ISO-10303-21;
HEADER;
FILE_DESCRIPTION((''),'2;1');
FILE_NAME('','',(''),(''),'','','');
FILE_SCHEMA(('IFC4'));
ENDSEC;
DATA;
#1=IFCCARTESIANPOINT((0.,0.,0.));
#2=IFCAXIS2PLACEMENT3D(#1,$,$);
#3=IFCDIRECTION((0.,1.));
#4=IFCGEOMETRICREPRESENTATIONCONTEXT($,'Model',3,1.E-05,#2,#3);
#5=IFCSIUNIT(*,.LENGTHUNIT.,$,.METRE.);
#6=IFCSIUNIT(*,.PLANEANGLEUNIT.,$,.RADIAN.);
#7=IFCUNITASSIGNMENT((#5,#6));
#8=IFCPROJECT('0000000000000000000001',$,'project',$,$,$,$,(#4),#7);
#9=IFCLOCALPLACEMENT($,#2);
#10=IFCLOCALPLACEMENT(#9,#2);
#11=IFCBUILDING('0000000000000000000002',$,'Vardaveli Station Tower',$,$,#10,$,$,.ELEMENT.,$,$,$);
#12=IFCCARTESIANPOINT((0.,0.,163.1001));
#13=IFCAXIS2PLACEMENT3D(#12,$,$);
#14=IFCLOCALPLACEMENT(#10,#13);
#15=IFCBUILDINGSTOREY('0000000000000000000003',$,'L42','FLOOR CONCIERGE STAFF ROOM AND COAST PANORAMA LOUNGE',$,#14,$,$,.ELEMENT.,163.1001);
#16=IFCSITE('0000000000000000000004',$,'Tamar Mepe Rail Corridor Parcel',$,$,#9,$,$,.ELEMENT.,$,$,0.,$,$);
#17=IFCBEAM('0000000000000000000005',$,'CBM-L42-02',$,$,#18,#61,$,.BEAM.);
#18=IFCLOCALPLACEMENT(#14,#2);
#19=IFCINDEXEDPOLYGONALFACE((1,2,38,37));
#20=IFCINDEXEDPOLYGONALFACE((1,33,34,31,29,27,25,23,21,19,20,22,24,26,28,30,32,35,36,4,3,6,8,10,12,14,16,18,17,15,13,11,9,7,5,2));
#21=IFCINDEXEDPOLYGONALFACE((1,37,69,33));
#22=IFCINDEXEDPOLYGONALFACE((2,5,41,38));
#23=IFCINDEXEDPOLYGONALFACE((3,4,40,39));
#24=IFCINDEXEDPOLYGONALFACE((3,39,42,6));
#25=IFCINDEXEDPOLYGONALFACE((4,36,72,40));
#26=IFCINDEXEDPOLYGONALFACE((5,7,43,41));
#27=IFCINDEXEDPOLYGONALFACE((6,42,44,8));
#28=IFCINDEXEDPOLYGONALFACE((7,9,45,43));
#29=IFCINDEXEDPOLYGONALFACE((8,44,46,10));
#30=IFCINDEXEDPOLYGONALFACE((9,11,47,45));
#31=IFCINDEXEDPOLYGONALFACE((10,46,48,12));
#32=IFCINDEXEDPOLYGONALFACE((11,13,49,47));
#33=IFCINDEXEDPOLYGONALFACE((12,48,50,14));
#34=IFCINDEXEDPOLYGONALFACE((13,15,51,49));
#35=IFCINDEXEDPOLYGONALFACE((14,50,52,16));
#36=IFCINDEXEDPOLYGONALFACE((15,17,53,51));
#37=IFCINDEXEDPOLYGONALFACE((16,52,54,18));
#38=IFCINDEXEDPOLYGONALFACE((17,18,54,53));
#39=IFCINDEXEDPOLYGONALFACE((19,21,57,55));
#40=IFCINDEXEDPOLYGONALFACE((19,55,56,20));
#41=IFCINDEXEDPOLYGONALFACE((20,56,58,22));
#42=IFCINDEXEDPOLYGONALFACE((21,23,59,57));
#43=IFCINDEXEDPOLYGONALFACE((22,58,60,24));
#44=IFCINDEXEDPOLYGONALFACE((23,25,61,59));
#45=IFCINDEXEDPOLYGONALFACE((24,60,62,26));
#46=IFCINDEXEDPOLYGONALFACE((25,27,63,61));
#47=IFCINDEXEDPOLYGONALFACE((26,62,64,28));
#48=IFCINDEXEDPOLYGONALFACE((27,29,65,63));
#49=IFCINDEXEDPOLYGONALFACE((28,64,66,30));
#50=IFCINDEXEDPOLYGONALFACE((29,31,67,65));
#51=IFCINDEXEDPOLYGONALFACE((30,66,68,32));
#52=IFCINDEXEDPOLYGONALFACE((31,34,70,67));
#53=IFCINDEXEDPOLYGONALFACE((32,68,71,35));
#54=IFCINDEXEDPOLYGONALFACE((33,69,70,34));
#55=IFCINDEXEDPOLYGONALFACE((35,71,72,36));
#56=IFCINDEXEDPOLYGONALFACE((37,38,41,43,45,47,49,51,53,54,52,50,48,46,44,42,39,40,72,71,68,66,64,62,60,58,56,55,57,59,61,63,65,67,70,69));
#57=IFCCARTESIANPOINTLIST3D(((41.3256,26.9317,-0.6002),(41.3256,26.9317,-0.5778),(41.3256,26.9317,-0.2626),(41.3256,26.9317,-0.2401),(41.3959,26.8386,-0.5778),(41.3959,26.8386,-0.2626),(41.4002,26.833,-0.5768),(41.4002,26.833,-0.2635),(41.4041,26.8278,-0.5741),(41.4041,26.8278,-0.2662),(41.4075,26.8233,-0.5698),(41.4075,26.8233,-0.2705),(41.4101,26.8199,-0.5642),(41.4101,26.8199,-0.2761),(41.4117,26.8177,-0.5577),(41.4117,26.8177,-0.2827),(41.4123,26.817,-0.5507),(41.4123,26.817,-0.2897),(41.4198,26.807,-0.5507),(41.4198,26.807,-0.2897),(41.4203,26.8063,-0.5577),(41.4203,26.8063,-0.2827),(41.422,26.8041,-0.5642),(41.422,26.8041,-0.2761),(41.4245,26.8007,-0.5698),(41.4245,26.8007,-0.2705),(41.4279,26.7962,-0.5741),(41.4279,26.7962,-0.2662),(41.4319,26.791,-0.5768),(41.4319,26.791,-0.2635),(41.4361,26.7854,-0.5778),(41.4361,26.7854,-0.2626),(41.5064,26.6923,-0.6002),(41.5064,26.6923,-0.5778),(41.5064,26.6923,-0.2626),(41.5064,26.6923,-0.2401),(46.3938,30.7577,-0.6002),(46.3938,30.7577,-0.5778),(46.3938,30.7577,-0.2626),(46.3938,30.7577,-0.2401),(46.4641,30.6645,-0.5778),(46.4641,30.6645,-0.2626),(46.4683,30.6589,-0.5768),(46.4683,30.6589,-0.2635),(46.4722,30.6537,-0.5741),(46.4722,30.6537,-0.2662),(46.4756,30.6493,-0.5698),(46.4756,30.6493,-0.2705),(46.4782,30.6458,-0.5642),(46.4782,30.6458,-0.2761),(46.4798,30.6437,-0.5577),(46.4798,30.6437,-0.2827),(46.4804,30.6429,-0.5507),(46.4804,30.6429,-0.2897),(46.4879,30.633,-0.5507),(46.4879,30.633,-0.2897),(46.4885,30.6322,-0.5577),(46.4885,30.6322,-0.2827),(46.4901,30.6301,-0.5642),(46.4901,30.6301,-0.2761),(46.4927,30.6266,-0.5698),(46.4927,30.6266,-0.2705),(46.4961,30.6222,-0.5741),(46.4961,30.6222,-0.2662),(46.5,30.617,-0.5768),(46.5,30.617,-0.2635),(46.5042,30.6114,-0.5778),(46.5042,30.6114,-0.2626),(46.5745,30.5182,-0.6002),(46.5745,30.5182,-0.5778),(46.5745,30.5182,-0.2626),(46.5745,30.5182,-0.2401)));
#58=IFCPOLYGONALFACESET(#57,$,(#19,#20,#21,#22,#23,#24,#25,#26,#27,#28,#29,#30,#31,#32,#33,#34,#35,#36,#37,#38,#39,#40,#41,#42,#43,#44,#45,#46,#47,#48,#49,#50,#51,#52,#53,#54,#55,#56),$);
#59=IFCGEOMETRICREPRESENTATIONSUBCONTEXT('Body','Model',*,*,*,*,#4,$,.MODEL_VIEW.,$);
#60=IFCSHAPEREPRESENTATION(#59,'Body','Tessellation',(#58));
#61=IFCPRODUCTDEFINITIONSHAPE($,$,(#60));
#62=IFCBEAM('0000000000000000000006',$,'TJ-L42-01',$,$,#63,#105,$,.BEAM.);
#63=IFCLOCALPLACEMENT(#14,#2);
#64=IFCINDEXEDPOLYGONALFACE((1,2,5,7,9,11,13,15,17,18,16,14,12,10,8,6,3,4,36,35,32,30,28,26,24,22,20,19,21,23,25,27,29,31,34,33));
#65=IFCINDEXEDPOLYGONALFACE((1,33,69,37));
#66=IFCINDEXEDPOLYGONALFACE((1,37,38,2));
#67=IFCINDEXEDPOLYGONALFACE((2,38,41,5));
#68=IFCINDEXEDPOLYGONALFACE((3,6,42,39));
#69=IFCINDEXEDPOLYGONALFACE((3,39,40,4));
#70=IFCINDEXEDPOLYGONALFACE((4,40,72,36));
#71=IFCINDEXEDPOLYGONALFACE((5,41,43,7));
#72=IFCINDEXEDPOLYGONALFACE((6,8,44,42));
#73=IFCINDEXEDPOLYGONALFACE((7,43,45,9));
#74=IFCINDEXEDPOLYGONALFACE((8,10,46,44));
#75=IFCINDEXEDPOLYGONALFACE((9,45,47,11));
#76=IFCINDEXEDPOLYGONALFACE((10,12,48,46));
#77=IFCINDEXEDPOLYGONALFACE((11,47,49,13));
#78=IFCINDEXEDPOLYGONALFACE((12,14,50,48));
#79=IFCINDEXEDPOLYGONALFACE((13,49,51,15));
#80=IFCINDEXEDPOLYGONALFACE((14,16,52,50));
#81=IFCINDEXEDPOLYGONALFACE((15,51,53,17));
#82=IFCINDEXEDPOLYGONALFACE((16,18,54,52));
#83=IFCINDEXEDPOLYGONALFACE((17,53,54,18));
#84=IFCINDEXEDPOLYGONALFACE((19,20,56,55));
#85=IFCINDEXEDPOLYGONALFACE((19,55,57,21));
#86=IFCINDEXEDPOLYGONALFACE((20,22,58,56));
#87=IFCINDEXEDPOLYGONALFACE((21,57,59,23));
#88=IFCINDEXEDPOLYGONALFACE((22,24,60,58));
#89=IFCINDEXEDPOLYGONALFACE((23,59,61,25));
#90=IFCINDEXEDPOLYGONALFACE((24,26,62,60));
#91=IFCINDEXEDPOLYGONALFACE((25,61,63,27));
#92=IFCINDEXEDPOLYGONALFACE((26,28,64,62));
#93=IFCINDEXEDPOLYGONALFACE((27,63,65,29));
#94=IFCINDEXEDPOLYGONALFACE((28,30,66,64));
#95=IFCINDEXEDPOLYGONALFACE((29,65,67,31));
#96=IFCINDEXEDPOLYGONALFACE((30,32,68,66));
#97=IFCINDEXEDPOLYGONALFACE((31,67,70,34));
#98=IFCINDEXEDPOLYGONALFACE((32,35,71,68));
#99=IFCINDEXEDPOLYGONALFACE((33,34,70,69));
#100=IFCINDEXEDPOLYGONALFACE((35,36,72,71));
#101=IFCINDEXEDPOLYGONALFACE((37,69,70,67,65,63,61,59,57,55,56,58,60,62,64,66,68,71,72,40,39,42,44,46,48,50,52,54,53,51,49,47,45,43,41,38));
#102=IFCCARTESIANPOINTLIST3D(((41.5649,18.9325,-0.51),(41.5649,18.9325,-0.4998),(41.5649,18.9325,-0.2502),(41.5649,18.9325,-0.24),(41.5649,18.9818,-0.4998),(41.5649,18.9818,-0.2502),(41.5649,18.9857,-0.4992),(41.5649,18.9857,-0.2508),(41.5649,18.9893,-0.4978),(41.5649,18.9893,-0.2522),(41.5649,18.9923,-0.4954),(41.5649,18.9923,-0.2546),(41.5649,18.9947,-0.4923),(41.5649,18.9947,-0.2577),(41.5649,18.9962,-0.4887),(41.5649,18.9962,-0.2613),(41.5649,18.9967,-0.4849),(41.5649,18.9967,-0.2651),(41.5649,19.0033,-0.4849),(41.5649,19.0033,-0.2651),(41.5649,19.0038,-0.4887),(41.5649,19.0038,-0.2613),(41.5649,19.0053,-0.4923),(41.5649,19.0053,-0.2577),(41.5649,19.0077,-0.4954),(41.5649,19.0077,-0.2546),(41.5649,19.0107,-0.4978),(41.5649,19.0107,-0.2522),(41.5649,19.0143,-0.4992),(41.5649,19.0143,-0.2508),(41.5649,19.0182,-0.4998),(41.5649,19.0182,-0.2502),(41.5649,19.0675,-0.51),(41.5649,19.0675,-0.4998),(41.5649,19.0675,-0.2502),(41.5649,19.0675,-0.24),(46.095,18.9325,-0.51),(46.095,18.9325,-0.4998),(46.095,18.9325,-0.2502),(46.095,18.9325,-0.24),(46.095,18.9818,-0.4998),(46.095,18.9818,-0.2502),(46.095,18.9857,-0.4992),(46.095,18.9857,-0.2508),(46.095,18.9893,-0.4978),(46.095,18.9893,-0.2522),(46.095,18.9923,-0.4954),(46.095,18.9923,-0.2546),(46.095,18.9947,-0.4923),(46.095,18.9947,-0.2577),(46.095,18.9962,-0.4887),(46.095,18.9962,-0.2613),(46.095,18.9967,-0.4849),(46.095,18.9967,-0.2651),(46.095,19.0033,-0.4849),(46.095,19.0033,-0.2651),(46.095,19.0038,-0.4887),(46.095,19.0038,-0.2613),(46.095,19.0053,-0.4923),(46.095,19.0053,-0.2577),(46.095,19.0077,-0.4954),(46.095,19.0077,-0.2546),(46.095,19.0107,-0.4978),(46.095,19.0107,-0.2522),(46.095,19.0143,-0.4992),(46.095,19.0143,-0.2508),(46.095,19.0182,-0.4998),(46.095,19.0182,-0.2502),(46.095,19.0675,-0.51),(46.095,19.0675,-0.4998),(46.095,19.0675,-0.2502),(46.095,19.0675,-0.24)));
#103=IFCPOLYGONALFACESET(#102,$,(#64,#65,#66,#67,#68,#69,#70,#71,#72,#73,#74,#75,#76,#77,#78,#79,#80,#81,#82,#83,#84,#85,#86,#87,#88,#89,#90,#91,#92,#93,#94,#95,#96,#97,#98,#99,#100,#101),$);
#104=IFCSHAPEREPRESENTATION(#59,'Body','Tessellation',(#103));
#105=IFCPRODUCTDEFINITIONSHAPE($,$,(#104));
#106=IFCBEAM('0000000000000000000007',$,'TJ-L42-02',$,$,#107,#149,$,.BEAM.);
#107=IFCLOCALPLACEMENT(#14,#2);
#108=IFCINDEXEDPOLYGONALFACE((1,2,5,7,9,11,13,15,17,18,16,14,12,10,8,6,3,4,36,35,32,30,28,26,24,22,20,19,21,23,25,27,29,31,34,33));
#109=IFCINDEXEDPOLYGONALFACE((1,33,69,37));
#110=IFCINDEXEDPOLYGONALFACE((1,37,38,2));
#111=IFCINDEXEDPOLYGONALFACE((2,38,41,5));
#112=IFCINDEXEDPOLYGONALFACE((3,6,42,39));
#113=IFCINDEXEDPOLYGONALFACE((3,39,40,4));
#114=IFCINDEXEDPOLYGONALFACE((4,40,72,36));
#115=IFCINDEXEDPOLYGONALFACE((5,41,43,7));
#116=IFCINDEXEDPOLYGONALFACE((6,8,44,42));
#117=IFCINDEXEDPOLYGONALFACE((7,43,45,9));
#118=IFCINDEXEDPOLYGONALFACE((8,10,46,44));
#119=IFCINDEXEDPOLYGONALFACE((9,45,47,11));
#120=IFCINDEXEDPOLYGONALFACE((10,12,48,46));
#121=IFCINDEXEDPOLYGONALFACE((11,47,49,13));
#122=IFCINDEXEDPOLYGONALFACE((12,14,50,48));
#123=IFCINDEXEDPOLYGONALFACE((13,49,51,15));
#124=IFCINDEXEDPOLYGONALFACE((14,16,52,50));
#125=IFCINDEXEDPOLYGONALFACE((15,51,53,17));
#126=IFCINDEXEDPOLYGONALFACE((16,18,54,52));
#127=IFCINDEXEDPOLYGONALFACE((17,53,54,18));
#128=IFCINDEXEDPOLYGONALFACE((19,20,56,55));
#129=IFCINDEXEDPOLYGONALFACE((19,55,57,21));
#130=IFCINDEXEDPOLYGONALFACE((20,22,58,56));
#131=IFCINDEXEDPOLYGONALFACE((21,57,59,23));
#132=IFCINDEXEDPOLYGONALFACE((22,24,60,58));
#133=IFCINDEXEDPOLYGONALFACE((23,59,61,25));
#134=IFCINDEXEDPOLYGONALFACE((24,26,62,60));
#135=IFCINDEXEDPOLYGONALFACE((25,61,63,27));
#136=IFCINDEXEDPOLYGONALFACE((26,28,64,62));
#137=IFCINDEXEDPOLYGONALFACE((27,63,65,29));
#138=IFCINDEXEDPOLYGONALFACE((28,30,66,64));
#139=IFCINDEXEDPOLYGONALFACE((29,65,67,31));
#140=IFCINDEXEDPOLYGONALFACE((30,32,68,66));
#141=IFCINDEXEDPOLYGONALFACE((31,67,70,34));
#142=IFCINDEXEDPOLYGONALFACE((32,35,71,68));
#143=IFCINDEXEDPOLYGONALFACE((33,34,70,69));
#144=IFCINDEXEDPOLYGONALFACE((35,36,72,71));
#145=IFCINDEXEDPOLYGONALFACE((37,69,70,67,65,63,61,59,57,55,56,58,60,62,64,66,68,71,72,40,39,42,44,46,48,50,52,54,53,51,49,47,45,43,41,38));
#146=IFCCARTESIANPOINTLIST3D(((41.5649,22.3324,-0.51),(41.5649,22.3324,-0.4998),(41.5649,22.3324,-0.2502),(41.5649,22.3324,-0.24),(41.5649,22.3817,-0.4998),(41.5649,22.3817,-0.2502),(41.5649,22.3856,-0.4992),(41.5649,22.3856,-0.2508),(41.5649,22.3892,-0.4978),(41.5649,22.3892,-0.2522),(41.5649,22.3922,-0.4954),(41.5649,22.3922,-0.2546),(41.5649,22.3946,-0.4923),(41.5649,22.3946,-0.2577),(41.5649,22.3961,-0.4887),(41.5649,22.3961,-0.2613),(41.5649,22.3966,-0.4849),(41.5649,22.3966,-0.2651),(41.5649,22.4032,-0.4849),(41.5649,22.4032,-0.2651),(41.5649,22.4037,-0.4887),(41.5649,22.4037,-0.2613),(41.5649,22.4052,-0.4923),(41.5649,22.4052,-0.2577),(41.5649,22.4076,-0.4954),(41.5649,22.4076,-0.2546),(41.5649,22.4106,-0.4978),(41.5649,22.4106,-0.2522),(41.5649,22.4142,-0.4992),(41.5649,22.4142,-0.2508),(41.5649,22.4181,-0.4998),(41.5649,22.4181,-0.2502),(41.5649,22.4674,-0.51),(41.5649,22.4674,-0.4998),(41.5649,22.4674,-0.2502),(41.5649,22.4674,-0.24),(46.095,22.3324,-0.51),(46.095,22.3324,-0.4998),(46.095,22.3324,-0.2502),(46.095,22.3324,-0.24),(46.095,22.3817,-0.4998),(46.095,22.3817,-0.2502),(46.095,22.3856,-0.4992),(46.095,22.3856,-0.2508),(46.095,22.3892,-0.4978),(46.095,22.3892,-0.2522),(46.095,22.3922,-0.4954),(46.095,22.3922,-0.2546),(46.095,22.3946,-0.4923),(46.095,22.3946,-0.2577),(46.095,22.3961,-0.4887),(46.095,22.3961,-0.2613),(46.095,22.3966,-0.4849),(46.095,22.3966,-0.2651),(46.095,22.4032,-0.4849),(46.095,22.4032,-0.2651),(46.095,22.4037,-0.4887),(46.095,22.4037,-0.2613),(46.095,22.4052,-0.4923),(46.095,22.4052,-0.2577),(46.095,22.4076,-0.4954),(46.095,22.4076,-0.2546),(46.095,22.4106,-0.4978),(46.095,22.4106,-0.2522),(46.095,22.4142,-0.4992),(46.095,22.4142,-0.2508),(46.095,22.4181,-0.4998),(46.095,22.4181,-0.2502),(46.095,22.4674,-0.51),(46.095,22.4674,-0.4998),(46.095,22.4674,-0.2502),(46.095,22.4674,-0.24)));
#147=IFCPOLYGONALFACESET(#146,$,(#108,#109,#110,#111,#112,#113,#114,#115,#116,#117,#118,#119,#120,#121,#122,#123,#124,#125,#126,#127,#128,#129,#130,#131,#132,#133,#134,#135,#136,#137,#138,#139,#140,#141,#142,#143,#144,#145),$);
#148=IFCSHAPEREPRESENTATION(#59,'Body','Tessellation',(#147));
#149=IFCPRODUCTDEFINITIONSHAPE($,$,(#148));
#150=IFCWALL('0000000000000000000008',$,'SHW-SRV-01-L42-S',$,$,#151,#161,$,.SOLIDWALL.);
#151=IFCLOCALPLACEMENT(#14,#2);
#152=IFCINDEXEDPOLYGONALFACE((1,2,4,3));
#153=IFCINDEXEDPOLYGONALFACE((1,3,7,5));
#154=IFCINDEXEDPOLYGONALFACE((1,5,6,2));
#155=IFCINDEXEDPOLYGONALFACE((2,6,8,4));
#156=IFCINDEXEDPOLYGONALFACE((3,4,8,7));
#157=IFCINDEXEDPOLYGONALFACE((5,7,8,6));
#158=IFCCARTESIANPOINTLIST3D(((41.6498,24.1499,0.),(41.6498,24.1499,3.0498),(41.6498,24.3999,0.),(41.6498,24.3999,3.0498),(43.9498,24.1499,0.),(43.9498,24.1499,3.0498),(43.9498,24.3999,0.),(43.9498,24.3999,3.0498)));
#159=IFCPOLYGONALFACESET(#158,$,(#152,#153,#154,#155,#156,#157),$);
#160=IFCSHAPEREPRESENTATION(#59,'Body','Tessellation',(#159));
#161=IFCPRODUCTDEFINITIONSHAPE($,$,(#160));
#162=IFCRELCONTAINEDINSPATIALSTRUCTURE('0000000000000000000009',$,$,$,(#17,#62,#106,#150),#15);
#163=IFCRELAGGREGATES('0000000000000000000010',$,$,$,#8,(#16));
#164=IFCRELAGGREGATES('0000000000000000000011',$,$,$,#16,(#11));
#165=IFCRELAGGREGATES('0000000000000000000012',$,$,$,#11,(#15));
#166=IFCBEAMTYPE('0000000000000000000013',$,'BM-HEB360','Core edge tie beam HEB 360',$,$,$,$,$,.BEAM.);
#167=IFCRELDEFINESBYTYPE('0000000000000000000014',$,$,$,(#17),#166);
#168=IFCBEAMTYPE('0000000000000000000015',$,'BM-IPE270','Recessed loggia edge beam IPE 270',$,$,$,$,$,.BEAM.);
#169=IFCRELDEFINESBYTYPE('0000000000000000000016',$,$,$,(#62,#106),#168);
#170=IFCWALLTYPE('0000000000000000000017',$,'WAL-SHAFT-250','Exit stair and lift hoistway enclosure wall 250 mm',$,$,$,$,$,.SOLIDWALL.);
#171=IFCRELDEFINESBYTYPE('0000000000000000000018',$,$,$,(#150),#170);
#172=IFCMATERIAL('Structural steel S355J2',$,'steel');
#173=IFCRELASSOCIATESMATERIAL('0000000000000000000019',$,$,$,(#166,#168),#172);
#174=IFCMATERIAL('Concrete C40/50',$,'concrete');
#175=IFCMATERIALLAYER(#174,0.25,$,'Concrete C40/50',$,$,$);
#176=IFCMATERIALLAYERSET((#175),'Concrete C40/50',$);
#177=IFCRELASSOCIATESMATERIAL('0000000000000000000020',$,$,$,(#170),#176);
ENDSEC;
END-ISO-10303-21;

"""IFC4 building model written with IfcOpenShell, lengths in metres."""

from ifc_helpers import new_model, si_unit, direction, frame, frame_2d, origin, origin_2d, place, context, subcontext, project, spatial, rectangle, i_section, extrude, source, transform, mapped, material, layer, layer_set, material_profile, profile_set, type_object, element, save


model = new_model("IFC4")

# Units and contexts
model_context = context("Model", 3, precision=1e-05, world=origin(), true_north=direction((0.0, 1.0)))
body_context = subcontext(model_context, "Body", "Model", "MODEL_VIEW")
ifc_project = project(units=[si_unit("LENGTHUNIT", "METRE"), si_unit("PLANEANGLEUNIT", "RADIAN")], contexts=[model_context])

# Site, building, storey
site_placement = place(None, origin())
site = spatial("IfcSite", under=ifc_project, at=site_placement, Name="Tamar Mepe Rail Corridor Parcel", CompositionType="ELEMENT", RefElevation=0.0)
building_placement = place(site_placement, origin())
building = spatial("IfcBuilding", under=site, at=building_placement, Name="Vardaveli Station Tower", CompositionType="ELEMENT")
storey_placement = place(building_placement, frame((0.0, 0.0, 163.1001)))
storey = spatial("IfcBuildingStorey", under=building, at=storey_placement, Name="L42", Description="FLOOR CONCIERGE STAFF ROOM AND COAST PANORAMA LOUNGE", CompositionType="ELEMENT", Elevation=163.1001)

# Beams
ifc_material_1 = material(Name="Structural steel S355J2", Category="steel")
ifc_material_profile_1 = material_profile(ifc_material_1, i_section(OverallWidth=0.3, OverallDepth=0.3601, WebThickness=0.0125, FlangeThickness=0.0225, FilletRadius=0.0271, at=origin_2d()), Name="HEB 360")
ifc_profile_set_1 = profile_set([ifc_material_profile_1], Name="Structural steel S355J2")
beam_type_1 = type_object("IfcBeamType", Name="BM-HEB360", Description="Core edge tie beam HEB 360", PredefinedType="BEAM", material=ifc_profile_set_1)
shared_shape_1 = source(origin(), body_context, "Body", "SweptSolid", [
    extrude(i_section(OverallWidth=0.3, OverallDepth=0.3601, WebThickness=0.0125, FlangeThickness=0.0225, FilletRadius=0.0271, at=origin_2d()), origin(), (0.0, 0.0, 1.0), 6.3501),
])
beam_1_placement = place(storey_placement, frame((41.416, 26.812, -0.4202), z_axis=(0.798118, 0.602501, 0.0), x_axis=(-0.602501, 0.798118, 0.0)))
element("IfcBeam", 1, at=beam_1_placement, inside=storey, type_object=beam_type_1, Name="CBM-L42-02", PredefinedType="BEAM", context=body_context, shape_type="MappedRepresentation", body=[
    mapped(shared_shape_1, transform((0.0, 0.0, 0.0), scale=1.0)),
])
ifc_material_profile_2 = material_profile(ifc_material_1, i_section(OverallWidth=0.135, OverallDepth=0.27, WebThickness=0.0066, FlangeThickness=0.0103, FilletRadius=0.0149, at=origin_2d()), Name="IPE 270")
ifc_profile_set_2 = profile_set([ifc_material_profile_2], Name="Structural steel S355J2")
beam_type_2 = type_object("IfcBeamType", Name="BM-IPE270", Description="Recessed loggia edge beam IPE 270", PredefinedType="BEAM", material=ifc_profile_set_2)
shared_shape_2 = source(origin(), body_context, "Body", "SweptSolid", [
    extrude(i_section(OverallWidth=0.135, OverallDepth=0.27, WebThickness=0.0066, FlangeThickness=0.0103, FilletRadius=0.0149, at=origin_2d()), origin(), (0.0, 0.0, 1.0), 4.53),
])
for number, where, z_axis, x_axis, name in (
    (2, (41.5649, 19.0, -0.375), (1.0, 0.0, 0.0), (0.0, 1.0, 0.0), "TJ-L42-01"),
    (3, (41.5649, 22.3999, -0.375), (1.0, 0.0, 0.0), (0.0, 1.0, 0.0), "TJ-L42-02"),
):
    element("IfcBeam", number, at=place(storey_placement, frame(where, z_axis=z_axis, x_axis=x_axis)), inside=storey, type_object=beam_type_2, Name=name, PredefinedType="BEAM", context=body_context, shape_type="MappedRepresentation", body=[
        mapped(shared_shape_2, transform((0.0, 0.0, 0.0), scale=1.0)),
    ])

# Wall
ifc_material_2 = material(Name="Concrete C40/50", Category="concrete")
ifc_layer_1 = layer(ifc_material_2, 0.25, Name="Concrete C40/50")
ifc_layer_set_1 = layer_set([ifc_layer_1], Name="Concrete C40/50")
wall_type_1 = type_object("IfcWallType", Name="WAL-SHAFT-250", Description="Exit stair and lift hoistway enclosure wall 250 mm", PredefinedType="SOLIDWALL", material=ifc_layer_set_1)
shared_shape_3 = source(origin(), body_context, "Body", "SweptSolid", [
    extrude(rectangle(XDim=2.3, YDim=0.25, at=frame_2d((1.1499, 0.0))), origin(), (0.0, 0.0, 1.0), 3.0498),
])
wall_1_placement = place(storey_placement, frame((41.6499, 24.2749, 0.0), z_axis=(0.0, 0.0, 1.0), x_axis=(1.0, 0.0, 0.0)))
element("IfcWall", 4, at=wall_1_placement, inside=storey, type_object=wall_type_1, Name="SHW-SRV-01-L42-S", PredefinedType="SOLIDWALL", context=body_context, shape_type="MappedRepresentation", body=[
    mapped(shared_shape_3, transform((0.0, 0.0, 0.0), scale=1.0)),
])

save(model, "model.ifc")
